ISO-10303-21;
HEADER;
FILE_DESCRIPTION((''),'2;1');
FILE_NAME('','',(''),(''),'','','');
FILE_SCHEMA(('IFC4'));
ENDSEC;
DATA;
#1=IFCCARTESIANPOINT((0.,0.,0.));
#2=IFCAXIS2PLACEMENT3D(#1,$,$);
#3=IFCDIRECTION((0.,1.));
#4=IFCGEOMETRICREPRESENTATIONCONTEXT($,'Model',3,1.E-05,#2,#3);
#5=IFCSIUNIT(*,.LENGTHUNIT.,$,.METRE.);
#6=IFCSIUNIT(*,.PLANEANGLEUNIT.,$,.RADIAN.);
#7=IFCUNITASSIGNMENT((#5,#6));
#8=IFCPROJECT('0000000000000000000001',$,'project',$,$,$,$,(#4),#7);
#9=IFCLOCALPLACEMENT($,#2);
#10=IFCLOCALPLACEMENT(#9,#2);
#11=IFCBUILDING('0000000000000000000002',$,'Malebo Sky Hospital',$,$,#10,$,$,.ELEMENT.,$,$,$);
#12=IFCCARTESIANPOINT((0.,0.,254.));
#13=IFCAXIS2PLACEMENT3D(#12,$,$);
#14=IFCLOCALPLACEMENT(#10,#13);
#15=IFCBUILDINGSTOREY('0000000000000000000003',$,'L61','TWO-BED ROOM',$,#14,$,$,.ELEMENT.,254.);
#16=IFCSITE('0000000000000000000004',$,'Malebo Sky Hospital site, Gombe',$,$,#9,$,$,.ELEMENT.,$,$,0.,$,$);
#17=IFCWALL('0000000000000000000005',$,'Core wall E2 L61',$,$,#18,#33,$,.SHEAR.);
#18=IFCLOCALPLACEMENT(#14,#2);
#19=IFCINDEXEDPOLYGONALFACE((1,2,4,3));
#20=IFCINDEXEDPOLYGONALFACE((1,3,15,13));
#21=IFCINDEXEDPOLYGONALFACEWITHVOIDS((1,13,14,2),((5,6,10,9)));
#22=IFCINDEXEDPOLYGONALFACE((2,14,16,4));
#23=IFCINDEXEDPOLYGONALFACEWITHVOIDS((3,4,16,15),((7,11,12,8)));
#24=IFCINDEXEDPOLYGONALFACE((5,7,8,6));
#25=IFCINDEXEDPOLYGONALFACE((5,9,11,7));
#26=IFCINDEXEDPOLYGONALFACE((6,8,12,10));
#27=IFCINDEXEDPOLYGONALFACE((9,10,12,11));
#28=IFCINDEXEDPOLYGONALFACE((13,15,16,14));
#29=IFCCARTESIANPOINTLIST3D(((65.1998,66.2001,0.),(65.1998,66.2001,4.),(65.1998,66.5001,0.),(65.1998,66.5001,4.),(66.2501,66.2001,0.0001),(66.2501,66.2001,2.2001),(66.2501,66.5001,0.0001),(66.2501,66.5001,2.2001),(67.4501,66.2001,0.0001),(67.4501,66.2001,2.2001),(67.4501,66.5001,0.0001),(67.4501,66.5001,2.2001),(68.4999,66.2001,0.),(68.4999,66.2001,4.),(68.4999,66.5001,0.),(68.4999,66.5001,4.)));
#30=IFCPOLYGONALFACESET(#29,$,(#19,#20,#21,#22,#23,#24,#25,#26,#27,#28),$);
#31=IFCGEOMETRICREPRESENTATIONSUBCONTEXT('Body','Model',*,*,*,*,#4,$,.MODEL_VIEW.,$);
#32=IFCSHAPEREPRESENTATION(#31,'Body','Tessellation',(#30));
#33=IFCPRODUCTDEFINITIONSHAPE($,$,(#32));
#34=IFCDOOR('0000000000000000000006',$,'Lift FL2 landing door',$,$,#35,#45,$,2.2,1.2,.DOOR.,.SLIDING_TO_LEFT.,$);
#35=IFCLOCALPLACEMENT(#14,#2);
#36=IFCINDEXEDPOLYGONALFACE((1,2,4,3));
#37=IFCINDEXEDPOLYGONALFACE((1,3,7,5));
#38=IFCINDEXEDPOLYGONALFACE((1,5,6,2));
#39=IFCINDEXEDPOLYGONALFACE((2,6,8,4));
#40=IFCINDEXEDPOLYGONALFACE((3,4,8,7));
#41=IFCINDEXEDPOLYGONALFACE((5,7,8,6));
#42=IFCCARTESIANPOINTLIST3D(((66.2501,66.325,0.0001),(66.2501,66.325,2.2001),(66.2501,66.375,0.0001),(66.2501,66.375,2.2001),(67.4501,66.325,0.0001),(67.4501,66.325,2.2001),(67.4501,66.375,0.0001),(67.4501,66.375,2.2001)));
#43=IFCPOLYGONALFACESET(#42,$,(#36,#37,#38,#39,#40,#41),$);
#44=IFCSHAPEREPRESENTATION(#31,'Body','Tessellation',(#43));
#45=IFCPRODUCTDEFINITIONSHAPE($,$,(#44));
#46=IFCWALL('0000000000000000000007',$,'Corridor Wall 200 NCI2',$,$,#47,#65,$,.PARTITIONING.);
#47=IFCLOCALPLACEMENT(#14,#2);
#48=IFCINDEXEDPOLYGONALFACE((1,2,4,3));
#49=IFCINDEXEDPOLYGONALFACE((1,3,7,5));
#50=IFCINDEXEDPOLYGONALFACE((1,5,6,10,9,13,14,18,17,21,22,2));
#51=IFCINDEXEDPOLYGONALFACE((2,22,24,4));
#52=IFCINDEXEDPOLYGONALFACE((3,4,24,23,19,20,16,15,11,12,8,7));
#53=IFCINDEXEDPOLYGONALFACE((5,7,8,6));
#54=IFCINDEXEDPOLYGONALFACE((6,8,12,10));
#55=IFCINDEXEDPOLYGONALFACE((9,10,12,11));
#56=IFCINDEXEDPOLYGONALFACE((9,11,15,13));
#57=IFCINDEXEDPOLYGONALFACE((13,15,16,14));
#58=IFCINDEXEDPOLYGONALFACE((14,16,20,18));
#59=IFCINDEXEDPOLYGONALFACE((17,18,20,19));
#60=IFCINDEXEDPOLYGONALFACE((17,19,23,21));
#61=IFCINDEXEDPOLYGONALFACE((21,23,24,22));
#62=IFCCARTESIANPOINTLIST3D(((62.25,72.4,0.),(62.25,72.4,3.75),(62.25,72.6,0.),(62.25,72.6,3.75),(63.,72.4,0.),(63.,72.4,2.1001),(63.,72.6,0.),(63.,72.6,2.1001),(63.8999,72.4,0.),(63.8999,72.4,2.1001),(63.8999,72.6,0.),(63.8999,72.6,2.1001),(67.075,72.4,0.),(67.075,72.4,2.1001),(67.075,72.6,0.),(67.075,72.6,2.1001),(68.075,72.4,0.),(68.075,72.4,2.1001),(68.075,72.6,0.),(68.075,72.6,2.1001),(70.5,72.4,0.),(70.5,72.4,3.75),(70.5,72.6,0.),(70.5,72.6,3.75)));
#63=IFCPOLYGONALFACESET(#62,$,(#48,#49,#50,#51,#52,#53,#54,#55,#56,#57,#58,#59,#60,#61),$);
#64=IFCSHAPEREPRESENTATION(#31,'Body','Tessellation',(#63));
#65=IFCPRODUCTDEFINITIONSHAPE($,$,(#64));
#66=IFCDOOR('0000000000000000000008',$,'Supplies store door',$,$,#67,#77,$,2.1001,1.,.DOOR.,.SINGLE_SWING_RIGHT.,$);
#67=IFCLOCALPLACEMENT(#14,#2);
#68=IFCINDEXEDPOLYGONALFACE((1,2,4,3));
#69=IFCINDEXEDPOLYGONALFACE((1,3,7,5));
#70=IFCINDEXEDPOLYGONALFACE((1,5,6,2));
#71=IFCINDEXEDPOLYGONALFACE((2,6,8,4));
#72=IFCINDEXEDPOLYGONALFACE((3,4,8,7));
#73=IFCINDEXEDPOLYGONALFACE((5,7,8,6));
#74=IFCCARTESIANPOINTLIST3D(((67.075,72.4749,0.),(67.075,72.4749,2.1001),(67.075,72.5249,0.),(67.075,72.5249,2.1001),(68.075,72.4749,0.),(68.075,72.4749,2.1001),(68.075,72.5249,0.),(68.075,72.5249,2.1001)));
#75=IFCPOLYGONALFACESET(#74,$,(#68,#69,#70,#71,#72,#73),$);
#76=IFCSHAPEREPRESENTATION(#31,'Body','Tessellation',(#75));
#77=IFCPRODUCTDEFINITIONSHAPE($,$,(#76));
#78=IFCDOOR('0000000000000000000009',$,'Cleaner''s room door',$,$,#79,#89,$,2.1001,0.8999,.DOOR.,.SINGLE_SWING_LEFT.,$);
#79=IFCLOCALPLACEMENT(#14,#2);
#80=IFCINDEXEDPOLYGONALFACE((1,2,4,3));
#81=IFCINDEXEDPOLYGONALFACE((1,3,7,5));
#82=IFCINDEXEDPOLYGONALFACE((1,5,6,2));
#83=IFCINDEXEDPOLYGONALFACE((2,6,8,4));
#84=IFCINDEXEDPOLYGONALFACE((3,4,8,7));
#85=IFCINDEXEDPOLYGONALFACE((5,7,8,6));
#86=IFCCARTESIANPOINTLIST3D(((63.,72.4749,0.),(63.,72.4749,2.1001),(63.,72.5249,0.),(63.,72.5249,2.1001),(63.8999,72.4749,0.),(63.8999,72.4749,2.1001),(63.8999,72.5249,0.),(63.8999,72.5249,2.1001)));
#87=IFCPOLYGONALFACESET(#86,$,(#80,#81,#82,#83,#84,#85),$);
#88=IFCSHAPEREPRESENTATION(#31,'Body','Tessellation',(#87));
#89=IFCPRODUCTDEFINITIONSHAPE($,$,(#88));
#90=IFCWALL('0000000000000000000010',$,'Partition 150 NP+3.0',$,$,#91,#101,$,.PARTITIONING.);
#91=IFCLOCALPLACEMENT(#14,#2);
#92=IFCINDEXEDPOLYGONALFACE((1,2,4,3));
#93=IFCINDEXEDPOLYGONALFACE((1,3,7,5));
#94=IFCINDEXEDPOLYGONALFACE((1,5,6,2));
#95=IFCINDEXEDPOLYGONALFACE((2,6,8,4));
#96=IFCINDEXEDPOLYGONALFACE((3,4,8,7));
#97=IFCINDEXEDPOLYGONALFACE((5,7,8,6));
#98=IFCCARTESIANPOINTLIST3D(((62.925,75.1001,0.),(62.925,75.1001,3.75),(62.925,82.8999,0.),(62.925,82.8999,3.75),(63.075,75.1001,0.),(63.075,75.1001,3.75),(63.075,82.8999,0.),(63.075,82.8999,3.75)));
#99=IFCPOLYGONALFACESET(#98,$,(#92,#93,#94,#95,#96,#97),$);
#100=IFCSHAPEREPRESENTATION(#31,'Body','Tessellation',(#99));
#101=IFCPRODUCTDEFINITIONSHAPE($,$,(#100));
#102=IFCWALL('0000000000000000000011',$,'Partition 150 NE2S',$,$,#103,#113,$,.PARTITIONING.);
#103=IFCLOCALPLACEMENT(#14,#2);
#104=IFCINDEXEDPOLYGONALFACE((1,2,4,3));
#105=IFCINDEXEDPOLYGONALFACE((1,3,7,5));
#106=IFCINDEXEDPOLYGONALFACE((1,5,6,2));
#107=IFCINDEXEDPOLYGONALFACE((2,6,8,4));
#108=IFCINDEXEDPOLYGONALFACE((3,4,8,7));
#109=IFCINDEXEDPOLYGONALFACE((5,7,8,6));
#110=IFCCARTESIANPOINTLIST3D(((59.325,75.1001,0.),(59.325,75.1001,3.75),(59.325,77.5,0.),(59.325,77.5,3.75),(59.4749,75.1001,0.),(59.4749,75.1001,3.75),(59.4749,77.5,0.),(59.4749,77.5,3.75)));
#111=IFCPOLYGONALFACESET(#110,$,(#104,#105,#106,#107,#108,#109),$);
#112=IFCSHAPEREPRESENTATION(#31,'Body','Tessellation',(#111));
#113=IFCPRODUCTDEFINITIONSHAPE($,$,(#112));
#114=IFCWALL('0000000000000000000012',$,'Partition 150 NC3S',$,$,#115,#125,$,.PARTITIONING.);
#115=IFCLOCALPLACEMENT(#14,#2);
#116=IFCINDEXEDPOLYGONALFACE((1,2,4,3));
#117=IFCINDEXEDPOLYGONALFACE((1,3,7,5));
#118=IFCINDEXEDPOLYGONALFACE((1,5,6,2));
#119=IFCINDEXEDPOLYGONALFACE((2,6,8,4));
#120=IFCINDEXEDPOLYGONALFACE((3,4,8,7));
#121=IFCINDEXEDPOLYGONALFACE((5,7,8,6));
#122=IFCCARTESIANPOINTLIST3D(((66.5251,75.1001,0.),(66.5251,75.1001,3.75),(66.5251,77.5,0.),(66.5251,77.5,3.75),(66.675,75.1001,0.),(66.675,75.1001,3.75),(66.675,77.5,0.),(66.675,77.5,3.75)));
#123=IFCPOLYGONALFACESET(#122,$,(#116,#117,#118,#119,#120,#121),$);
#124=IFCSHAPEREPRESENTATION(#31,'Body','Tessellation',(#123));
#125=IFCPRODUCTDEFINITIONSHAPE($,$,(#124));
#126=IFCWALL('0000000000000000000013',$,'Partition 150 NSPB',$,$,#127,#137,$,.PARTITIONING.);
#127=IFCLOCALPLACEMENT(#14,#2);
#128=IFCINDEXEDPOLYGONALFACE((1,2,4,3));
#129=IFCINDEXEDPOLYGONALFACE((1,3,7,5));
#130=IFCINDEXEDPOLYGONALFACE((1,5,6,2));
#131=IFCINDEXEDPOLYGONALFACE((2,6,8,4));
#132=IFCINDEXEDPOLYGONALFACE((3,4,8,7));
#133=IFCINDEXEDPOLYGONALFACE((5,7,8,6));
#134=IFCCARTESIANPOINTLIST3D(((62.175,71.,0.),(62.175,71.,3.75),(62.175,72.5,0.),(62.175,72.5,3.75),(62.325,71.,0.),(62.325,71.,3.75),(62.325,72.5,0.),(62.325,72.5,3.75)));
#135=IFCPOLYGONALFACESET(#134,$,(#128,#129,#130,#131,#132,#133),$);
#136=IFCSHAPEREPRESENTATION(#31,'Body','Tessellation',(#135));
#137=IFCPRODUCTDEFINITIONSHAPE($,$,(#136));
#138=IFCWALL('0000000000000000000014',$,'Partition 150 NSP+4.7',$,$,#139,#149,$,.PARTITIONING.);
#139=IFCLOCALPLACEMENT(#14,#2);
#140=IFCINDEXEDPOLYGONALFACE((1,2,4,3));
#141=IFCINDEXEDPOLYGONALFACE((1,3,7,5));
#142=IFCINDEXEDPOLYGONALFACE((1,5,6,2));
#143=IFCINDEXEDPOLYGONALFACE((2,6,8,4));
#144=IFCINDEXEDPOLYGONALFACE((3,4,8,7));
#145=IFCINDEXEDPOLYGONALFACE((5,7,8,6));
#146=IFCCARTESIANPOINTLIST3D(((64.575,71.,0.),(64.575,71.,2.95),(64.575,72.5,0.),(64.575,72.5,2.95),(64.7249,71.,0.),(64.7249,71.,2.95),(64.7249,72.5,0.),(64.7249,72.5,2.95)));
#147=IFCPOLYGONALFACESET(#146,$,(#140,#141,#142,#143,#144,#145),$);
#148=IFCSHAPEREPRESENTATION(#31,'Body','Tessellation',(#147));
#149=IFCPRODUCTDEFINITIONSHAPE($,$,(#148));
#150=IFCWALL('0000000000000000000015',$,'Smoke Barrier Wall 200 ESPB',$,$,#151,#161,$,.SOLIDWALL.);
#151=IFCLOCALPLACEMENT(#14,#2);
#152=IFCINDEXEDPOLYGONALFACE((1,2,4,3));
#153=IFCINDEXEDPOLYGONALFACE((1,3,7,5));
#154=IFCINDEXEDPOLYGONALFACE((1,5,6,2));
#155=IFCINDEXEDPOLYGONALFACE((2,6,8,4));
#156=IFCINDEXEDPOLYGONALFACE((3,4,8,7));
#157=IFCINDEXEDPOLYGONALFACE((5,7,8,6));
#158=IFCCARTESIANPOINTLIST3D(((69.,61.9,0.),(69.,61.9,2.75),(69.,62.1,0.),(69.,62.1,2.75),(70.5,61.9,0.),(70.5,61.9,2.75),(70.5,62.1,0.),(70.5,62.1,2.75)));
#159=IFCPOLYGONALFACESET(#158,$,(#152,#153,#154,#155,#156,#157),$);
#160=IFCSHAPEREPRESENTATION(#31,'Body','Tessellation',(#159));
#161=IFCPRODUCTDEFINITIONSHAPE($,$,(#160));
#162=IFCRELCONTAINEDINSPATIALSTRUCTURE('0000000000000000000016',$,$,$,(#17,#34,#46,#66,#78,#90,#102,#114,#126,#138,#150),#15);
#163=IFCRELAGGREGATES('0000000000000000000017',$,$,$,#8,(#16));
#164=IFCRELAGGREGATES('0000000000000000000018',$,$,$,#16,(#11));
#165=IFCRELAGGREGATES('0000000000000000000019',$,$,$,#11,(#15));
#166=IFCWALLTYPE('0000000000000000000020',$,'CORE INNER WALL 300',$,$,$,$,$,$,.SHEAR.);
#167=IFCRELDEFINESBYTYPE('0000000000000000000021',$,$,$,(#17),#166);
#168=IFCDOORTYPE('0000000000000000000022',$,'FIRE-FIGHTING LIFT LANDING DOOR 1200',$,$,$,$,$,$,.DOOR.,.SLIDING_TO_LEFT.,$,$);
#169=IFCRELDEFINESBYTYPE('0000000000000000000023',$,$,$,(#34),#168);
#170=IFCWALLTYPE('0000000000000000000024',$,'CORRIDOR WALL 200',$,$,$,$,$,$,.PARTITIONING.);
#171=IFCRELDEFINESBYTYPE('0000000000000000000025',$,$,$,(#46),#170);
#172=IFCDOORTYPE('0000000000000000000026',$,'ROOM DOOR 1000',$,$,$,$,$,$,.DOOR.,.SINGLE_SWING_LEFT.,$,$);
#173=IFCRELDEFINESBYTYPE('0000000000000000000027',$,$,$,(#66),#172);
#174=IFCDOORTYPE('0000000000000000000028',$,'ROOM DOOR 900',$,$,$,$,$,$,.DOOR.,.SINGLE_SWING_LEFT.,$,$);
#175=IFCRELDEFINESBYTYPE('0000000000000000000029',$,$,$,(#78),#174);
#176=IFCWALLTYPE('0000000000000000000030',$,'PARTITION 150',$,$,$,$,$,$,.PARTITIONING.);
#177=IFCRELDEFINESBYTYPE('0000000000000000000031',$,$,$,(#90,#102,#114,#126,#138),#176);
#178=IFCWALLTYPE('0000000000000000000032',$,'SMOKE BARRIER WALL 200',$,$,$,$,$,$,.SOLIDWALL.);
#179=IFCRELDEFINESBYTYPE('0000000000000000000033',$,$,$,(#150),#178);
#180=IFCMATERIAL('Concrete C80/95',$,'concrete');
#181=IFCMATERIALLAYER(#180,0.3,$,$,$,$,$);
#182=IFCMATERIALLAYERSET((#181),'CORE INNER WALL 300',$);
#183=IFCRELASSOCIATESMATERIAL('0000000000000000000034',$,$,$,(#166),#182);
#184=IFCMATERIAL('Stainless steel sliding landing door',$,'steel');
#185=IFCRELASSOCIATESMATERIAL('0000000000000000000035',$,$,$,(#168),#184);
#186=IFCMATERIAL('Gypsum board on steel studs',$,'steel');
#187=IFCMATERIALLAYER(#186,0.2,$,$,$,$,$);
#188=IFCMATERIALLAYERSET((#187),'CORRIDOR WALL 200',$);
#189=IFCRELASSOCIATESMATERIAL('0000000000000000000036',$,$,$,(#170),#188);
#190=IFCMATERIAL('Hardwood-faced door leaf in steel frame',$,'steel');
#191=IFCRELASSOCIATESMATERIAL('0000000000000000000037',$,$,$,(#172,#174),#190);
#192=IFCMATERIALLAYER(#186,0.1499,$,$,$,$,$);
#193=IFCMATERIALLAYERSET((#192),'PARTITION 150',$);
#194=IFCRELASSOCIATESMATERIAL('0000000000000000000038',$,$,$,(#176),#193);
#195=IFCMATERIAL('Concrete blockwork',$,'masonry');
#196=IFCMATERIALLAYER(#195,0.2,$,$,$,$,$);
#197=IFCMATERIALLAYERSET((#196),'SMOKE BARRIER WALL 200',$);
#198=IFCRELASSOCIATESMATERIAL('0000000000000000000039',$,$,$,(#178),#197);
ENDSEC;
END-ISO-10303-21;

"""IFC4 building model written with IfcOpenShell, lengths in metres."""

from ifc_helpers import new_model, si_unit, direction, frame, frame_2d, origin, place, context, subcontext, project, spatial, rectangle, extrude, material, layer, layer_set, type_object, element, fill, save


model = new_model("IFC4")

# Units and contexts
model_context = context("Model", 3, precision=1e-05, world=origin(), true_north=direction((0.0, 1.0)))
body_context = subcontext(model_context, "Body", "Model", "MODEL_VIEW")
ifc_project = project(units=[si_unit("LENGTHUNIT", "METRE"), si_unit("PLANEANGLEUNIT", "RADIAN")], contexts=[model_context])

# Site, building, storey
site_placement = place(None, origin())
site = spatial("IfcSite", under=ifc_project, at=site_placement, Name="Malebo Sky Hospital site, Gombe", CompositionType="ELEMENT", RefElevation=0.0)
building_placement = place(site_placement, origin())
building = spatial("IfcBuilding", under=site, at=building_placement, Name="Malebo Sky Hospital", CompositionType="ELEMENT")
storey_placement = place(building_placement, frame((0.0, 0.0, 254.0)))
storey = spatial("IfcBuildingStorey", under=building, at=storey_placement, Name="L61", Description="TWO-BED ROOM", CompositionType="ELEMENT", Elevation=254.0)

# Shared definitions
ifc_material_1 = material(Name="Concrete C80/95", Category="concrete")

# Wall, opening, door
ifc_layer_1 = layer(ifc_material_1, 0.3)
ifc_layer_set_1 = layer_set([ifc_layer_1], Name="CORE INNER WALL 300")
wall_type_1 = type_object("IfcWallType", Name="CORE INNER WALL 300", PredefinedType="SHEAR", material=ifc_layer_set_1)
ifc_material_2 = material(Name="Hardwood-faced door leaf in steel frame", Category="steel")
wall_1_placement = place(storey_placement, frame((65.2, 66.3501, 0.0), z_axis=(0.0, 0.0, 1.0), x_axis=(1.0, 0.0, 0.0)))
wall_1 = element("IfcWall", 1, at=wall_1_placement, inside=storey, type_object=wall_type_1, Name="Core wall E2 L61", PredefinedType="SHEAR", context=body_context, shape_type="SweptSolid", body=[
    extrude(rectangle(XDim=3.3, YDim=0.3, at=frame_2d((1.6499, 0.0))), origin(), (0.0, 0.0, 1.0), 4.0),
])
opening_1_placement = place(wall_1_placement, frame((1.05, 0.0, 0.0)))
opening_1 = element("IfcOpeningElement", 2, at=opening_1_placement, cuts=wall_1, PredefinedType="OPENING", context=body_context, shape_type="SweptSolid", body=[
    extrude(rectangle(XDim=1.2, YDim=2.2, at=frame_2d((0.6001, 1.1001))), frame((0.0, 0.1599, 0.0), z_axis=(0.0, -1.0, 0.0), x_axis=(1.0, 0.0, 0.0)), (0.0, 0.0, 1.0), 0.3201),
])
ifc_material_3 = material(Name="Stainless steel sliding landing door", Category="steel")
door_type_1 = type_object("IfcDoorType", Name="FIRE-FIGHTING LIFT LANDING DOOR 1200", OperationType="SLIDING_TO_LEFT", PredefinedType="DOOR", material=ifc_material_3)
door_1_placement = place(opening_1_placement, origin())
door_1 = element("IfcDoor", 3, at=door_1_placement, inside=storey, type_object=door_type_1, Name="Lift FL2 landing door", OperationType="SLIDING_TO_LEFT", OverallHeight=2.2, OverallWidth=1.2, PredefinedType="DOOR", context=body_context, shape_type="SweptSolid", body=[
    extrude(rectangle(XDim=1.2, YDim=2.2, at=frame_2d((0.6001, 1.1001))), frame((0.0, 0.0249, 0.0), z_axis=(0.0, -1.0, 0.0), x_axis=(1.0, 0.0, 0.0)), (0.0, 0.0, 1.0), 0.05),
])
fill(opening_1, door_1)

# Wall, openings, doors
ifc_material_4 = material(Name="Gypsum board on steel studs", Category="steel")
ifc_layer_2 = layer(ifc_material_4, 0.2)
ifc_layer_set_2 = layer_set([ifc_layer_2], Name="CORRIDOR WALL 200")
wall_type_2 = type_object("IfcWallType", Name="CORRIDOR WALL 200", PredefinedType="PARTITIONING", material=ifc_layer_set_2)
wall_2_placement = place(storey_placement, frame((62.25, 72.5, 0.0), z_axis=(0.0, 0.0, 1.0), x_axis=(1.0, 0.0, 0.0)))
wall_2 = element("IfcWall", 4, at=wall_2_placement, inside=storey, type_object=wall_type_2, Name="Corridor Wall 200 NCI2", PredefinedType="PARTITIONING", context=body_context, shape_type="SweptSolid", body=[
    extrude(rectangle(XDim=8.25, YDim=0.2, at=frame_2d((4.125, 0.0))), origin(), (0.0, 0.0, 1.0), 3.75),
])
opening_2_placement = place(wall_2_placement, frame((0.75, 0.0, 0.0)))
opening_2 = element("IfcOpeningElement", 5, at=opening_2_placement, cuts=wall_2, PredefinedType="OPENING", context=body_context, shape_type="SweptSolid", body=[
    extrude(rectangle(XDim=0.8999, YDim=2.1001, at=frame_2d((0.45, 1.05))), frame((0.0, 0.1099, 0.0), z_axis=(0.0, -1.0, 0.0), x_axis=(1.0, 0.0, 0.0)), (0.0, 0.0, 1.0), 0.22),
])
opening_3_placement = place(wall_2_placement, frame((4.825, 0.0, 0.0)))
opening_3 = element("IfcOpeningElement", 6, at=opening_3_placement, cuts=wall_2, PredefinedType="OPENING", context=body_context, shape_type="SweptSolid", body=[
    extrude(rectangle(XDim=1.0, YDim=2.1001, at=frame_2d((0.5, 1.05))), frame((0.0, 0.1099, 0.0), z_axis=(0.0, -1.0, 0.0), x_axis=(1.0, 0.0, 0.0)), (0.0, 0.0, 1.0), 0.22),
])
door_type_2 = type_object("IfcDoorType", Name="ROOM DOOR 1000", OperationType="SINGLE_SWING_LEFT", PredefinedType="DOOR", material=ifc_material_2)
door_2_placement = place(opening_3_placement, origin())
door_2 = element("IfcDoor", 7, at=door_2_placement, inside=storey, type_object=door_type_2, Name="Supplies store door", OperationType="SINGLE_SWING_RIGHT", OverallHeight=2.1001, OverallWidth=1.0, PredefinedType="DOOR", context=body_context, shape_type="SweptSolid", body=[
    extrude(rectangle(XDim=1.0, YDim=2.1001, at=frame_2d((0.5, 1.05))), frame((0.0, 0.0249, 0.0), z_axis=(0.0, -1.0, 0.0), x_axis=(1.0, 0.0, 0.0)), (0.0, 0.0, 1.0), 0.05),
])
fill(opening_3, door_2)
door_type_3 = type_object("IfcDoorType", Name="ROOM DOOR 900", OperationType="SINGLE_SWING_LEFT", PredefinedType="DOOR", material=ifc_material_2)
door_3_placement = place(opening_2_placement, origin())
door_3 = element("IfcDoor", 8, at=door_3_placement, inside=storey, type_object=door_type_3, Name="Cleaner's room door", OperationType="SINGLE_SWING_LEFT", OverallHeight=2.1001, OverallWidth=0.8999, PredefinedType="DOOR", context=body_context, shape_type="SweptSolid", body=[
    extrude(rectangle(XDim=0.8999, YDim=2.1001, at=frame_2d((0.45, 1.05))), frame((0.0, 0.0249, 0.0), z_axis=(0.0, -1.0, 0.0), x_axis=(1.0, 0.0, 0.0)), (0.0, 0.0, 1.0), 0.05),
])
fill(opening_2, door_3)

# Walls
ifc_layer_3 = layer(ifc_material_4, 0.1499)
ifc_layer_set_3 = layer_set([ifc_layer_3], Name="PARTITION 150")
wall_type_3 = type_object("IfcWallType", Name="PARTITION 150", PredefinedType="PARTITIONING", material=ifc_layer_set_3)
wall_3_placement = place(storey_placement, frame((63.0, 75.1001, 0.0), z_axis=(0.0, 0.0, 1.0), x_axis=(0.0, 1.0, 0.0)))
element("IfcWall", 9, at=wall_3_placement, inside=storey, type_object=wall_type_3, Name="Partition 150 NP+3.0", PredefinedType="PARTITIONING", context=body_context, shape_type="SweptSolid", body=[
    extrude(rectangle(XDim=7.7998, YDim=0.1499, at=frame_2d((3.8999, 0.0))), origin(), (0.0, 0.0, 1.0), 3.75),
])
for number, where, z_axis, x_axis, name in (
    (10, (59.3999, 75.1001, 0.0), (0.0, 0.0, 1.0), (0.0, 1.0, 0.0), "Partition 150 NE2S"),
    (11, (66.6001, 75.1001, 0.0), (0.0, 0.0, 1.0), (0.0, 1.0, 0.0), "Partition 150 NC3S"),
):
    element("IfcWall", number, at=place(storey_placement, frame(where, z_axis=z_axis, x_axis=x_axis)), inside=storey, type_object=wall_type_3, Name=name, PredefinedType="PARTITIONING", context=body_context, shape_type="SweptSolid", body=[
        extrude(rectangle(XDim=2.3999, YDim=0.1499, at=frame_2d((1.2, 0.0))), origin(), (0.0, 0.0, 1.0), 3.75),
    ])
wall_4_placement = place(storey_placement, frame((62.25, 71.0, 0.0), z_axis=(0.0, 0.0, 1.0), x_axis=(0.0, 1.0, 0.0)))
element("IfcWall", 12, at=wall_4_placement, inside=storey, type_object=wall_type_3, Name="Partition 150 NSPB", PredefinedType="PARTITIONING", context=body_context, shape_type="SweptSolid", body=[
    extrude(rectangle(XDim=1.5, YDim=0.1499, at=frame_2d((0.75, 0.0))), origin(), (0.0, 0.0, 1.0), 3.75),
])
wall_5_placement = place(storey_placement, frame((64.6499, 71.0, 0.0), z_axis=(0.0, 0.0, 1.0), x_axis=(0.0, 1.0, 0.0)))
element("IfcWall", 13, at=wall_5_placement, inside=storey, type_object=wall_type_3, Name="Partition 150 NSP+4.7", PredefinedType="PARTITIONING", context=body_context, shape_type="SweptSolid", body=[
    extrude(rectangle(XDim=1.5, YDim=0.1499, at=frame_2d((0.75, 0.0))), origin(), (0.0, 0.0, 1.0), 2.95),
])
ifc_material_5 = material(Name="Concrete blockwork", Category="masonry")
ifc_layer_4 = layer(ifc_material_5, 0.2)
ifc_layer_set_4 = layer_set([ifc_layer_4], Name="SMOKE BARRIER WALL 200")
wall_type_4 = type_object("IfcWallType", Name="SMOKE BARRIER WALL 200", PredefinedType="SOLIDWALL", material=ifc_layer_set_4)
wall_6_placement = place(storey_placement, frame((69.0, 62.0, 0.0), z_axis=(0.0, 0.0, 1.0), x_axis=(1.0, 0.0, 0.0)))
element("IfcWall", 14, at=wall_6_placement, inside=storey, type_object=wall_type_4, Name="Smoke Barrier Wall 200 ESPB", PredefinedType="SOLIDWALL", context=body_context, shape_type="SweptSolid", body=[
    extrude(rectangle(XDim=1.5, YDim=0.2, at=frame_2d((0.75, 0.0))), origin(), (0.0, 0.0, 1.0), 2.75),
])

save(model, "model.ifc")
